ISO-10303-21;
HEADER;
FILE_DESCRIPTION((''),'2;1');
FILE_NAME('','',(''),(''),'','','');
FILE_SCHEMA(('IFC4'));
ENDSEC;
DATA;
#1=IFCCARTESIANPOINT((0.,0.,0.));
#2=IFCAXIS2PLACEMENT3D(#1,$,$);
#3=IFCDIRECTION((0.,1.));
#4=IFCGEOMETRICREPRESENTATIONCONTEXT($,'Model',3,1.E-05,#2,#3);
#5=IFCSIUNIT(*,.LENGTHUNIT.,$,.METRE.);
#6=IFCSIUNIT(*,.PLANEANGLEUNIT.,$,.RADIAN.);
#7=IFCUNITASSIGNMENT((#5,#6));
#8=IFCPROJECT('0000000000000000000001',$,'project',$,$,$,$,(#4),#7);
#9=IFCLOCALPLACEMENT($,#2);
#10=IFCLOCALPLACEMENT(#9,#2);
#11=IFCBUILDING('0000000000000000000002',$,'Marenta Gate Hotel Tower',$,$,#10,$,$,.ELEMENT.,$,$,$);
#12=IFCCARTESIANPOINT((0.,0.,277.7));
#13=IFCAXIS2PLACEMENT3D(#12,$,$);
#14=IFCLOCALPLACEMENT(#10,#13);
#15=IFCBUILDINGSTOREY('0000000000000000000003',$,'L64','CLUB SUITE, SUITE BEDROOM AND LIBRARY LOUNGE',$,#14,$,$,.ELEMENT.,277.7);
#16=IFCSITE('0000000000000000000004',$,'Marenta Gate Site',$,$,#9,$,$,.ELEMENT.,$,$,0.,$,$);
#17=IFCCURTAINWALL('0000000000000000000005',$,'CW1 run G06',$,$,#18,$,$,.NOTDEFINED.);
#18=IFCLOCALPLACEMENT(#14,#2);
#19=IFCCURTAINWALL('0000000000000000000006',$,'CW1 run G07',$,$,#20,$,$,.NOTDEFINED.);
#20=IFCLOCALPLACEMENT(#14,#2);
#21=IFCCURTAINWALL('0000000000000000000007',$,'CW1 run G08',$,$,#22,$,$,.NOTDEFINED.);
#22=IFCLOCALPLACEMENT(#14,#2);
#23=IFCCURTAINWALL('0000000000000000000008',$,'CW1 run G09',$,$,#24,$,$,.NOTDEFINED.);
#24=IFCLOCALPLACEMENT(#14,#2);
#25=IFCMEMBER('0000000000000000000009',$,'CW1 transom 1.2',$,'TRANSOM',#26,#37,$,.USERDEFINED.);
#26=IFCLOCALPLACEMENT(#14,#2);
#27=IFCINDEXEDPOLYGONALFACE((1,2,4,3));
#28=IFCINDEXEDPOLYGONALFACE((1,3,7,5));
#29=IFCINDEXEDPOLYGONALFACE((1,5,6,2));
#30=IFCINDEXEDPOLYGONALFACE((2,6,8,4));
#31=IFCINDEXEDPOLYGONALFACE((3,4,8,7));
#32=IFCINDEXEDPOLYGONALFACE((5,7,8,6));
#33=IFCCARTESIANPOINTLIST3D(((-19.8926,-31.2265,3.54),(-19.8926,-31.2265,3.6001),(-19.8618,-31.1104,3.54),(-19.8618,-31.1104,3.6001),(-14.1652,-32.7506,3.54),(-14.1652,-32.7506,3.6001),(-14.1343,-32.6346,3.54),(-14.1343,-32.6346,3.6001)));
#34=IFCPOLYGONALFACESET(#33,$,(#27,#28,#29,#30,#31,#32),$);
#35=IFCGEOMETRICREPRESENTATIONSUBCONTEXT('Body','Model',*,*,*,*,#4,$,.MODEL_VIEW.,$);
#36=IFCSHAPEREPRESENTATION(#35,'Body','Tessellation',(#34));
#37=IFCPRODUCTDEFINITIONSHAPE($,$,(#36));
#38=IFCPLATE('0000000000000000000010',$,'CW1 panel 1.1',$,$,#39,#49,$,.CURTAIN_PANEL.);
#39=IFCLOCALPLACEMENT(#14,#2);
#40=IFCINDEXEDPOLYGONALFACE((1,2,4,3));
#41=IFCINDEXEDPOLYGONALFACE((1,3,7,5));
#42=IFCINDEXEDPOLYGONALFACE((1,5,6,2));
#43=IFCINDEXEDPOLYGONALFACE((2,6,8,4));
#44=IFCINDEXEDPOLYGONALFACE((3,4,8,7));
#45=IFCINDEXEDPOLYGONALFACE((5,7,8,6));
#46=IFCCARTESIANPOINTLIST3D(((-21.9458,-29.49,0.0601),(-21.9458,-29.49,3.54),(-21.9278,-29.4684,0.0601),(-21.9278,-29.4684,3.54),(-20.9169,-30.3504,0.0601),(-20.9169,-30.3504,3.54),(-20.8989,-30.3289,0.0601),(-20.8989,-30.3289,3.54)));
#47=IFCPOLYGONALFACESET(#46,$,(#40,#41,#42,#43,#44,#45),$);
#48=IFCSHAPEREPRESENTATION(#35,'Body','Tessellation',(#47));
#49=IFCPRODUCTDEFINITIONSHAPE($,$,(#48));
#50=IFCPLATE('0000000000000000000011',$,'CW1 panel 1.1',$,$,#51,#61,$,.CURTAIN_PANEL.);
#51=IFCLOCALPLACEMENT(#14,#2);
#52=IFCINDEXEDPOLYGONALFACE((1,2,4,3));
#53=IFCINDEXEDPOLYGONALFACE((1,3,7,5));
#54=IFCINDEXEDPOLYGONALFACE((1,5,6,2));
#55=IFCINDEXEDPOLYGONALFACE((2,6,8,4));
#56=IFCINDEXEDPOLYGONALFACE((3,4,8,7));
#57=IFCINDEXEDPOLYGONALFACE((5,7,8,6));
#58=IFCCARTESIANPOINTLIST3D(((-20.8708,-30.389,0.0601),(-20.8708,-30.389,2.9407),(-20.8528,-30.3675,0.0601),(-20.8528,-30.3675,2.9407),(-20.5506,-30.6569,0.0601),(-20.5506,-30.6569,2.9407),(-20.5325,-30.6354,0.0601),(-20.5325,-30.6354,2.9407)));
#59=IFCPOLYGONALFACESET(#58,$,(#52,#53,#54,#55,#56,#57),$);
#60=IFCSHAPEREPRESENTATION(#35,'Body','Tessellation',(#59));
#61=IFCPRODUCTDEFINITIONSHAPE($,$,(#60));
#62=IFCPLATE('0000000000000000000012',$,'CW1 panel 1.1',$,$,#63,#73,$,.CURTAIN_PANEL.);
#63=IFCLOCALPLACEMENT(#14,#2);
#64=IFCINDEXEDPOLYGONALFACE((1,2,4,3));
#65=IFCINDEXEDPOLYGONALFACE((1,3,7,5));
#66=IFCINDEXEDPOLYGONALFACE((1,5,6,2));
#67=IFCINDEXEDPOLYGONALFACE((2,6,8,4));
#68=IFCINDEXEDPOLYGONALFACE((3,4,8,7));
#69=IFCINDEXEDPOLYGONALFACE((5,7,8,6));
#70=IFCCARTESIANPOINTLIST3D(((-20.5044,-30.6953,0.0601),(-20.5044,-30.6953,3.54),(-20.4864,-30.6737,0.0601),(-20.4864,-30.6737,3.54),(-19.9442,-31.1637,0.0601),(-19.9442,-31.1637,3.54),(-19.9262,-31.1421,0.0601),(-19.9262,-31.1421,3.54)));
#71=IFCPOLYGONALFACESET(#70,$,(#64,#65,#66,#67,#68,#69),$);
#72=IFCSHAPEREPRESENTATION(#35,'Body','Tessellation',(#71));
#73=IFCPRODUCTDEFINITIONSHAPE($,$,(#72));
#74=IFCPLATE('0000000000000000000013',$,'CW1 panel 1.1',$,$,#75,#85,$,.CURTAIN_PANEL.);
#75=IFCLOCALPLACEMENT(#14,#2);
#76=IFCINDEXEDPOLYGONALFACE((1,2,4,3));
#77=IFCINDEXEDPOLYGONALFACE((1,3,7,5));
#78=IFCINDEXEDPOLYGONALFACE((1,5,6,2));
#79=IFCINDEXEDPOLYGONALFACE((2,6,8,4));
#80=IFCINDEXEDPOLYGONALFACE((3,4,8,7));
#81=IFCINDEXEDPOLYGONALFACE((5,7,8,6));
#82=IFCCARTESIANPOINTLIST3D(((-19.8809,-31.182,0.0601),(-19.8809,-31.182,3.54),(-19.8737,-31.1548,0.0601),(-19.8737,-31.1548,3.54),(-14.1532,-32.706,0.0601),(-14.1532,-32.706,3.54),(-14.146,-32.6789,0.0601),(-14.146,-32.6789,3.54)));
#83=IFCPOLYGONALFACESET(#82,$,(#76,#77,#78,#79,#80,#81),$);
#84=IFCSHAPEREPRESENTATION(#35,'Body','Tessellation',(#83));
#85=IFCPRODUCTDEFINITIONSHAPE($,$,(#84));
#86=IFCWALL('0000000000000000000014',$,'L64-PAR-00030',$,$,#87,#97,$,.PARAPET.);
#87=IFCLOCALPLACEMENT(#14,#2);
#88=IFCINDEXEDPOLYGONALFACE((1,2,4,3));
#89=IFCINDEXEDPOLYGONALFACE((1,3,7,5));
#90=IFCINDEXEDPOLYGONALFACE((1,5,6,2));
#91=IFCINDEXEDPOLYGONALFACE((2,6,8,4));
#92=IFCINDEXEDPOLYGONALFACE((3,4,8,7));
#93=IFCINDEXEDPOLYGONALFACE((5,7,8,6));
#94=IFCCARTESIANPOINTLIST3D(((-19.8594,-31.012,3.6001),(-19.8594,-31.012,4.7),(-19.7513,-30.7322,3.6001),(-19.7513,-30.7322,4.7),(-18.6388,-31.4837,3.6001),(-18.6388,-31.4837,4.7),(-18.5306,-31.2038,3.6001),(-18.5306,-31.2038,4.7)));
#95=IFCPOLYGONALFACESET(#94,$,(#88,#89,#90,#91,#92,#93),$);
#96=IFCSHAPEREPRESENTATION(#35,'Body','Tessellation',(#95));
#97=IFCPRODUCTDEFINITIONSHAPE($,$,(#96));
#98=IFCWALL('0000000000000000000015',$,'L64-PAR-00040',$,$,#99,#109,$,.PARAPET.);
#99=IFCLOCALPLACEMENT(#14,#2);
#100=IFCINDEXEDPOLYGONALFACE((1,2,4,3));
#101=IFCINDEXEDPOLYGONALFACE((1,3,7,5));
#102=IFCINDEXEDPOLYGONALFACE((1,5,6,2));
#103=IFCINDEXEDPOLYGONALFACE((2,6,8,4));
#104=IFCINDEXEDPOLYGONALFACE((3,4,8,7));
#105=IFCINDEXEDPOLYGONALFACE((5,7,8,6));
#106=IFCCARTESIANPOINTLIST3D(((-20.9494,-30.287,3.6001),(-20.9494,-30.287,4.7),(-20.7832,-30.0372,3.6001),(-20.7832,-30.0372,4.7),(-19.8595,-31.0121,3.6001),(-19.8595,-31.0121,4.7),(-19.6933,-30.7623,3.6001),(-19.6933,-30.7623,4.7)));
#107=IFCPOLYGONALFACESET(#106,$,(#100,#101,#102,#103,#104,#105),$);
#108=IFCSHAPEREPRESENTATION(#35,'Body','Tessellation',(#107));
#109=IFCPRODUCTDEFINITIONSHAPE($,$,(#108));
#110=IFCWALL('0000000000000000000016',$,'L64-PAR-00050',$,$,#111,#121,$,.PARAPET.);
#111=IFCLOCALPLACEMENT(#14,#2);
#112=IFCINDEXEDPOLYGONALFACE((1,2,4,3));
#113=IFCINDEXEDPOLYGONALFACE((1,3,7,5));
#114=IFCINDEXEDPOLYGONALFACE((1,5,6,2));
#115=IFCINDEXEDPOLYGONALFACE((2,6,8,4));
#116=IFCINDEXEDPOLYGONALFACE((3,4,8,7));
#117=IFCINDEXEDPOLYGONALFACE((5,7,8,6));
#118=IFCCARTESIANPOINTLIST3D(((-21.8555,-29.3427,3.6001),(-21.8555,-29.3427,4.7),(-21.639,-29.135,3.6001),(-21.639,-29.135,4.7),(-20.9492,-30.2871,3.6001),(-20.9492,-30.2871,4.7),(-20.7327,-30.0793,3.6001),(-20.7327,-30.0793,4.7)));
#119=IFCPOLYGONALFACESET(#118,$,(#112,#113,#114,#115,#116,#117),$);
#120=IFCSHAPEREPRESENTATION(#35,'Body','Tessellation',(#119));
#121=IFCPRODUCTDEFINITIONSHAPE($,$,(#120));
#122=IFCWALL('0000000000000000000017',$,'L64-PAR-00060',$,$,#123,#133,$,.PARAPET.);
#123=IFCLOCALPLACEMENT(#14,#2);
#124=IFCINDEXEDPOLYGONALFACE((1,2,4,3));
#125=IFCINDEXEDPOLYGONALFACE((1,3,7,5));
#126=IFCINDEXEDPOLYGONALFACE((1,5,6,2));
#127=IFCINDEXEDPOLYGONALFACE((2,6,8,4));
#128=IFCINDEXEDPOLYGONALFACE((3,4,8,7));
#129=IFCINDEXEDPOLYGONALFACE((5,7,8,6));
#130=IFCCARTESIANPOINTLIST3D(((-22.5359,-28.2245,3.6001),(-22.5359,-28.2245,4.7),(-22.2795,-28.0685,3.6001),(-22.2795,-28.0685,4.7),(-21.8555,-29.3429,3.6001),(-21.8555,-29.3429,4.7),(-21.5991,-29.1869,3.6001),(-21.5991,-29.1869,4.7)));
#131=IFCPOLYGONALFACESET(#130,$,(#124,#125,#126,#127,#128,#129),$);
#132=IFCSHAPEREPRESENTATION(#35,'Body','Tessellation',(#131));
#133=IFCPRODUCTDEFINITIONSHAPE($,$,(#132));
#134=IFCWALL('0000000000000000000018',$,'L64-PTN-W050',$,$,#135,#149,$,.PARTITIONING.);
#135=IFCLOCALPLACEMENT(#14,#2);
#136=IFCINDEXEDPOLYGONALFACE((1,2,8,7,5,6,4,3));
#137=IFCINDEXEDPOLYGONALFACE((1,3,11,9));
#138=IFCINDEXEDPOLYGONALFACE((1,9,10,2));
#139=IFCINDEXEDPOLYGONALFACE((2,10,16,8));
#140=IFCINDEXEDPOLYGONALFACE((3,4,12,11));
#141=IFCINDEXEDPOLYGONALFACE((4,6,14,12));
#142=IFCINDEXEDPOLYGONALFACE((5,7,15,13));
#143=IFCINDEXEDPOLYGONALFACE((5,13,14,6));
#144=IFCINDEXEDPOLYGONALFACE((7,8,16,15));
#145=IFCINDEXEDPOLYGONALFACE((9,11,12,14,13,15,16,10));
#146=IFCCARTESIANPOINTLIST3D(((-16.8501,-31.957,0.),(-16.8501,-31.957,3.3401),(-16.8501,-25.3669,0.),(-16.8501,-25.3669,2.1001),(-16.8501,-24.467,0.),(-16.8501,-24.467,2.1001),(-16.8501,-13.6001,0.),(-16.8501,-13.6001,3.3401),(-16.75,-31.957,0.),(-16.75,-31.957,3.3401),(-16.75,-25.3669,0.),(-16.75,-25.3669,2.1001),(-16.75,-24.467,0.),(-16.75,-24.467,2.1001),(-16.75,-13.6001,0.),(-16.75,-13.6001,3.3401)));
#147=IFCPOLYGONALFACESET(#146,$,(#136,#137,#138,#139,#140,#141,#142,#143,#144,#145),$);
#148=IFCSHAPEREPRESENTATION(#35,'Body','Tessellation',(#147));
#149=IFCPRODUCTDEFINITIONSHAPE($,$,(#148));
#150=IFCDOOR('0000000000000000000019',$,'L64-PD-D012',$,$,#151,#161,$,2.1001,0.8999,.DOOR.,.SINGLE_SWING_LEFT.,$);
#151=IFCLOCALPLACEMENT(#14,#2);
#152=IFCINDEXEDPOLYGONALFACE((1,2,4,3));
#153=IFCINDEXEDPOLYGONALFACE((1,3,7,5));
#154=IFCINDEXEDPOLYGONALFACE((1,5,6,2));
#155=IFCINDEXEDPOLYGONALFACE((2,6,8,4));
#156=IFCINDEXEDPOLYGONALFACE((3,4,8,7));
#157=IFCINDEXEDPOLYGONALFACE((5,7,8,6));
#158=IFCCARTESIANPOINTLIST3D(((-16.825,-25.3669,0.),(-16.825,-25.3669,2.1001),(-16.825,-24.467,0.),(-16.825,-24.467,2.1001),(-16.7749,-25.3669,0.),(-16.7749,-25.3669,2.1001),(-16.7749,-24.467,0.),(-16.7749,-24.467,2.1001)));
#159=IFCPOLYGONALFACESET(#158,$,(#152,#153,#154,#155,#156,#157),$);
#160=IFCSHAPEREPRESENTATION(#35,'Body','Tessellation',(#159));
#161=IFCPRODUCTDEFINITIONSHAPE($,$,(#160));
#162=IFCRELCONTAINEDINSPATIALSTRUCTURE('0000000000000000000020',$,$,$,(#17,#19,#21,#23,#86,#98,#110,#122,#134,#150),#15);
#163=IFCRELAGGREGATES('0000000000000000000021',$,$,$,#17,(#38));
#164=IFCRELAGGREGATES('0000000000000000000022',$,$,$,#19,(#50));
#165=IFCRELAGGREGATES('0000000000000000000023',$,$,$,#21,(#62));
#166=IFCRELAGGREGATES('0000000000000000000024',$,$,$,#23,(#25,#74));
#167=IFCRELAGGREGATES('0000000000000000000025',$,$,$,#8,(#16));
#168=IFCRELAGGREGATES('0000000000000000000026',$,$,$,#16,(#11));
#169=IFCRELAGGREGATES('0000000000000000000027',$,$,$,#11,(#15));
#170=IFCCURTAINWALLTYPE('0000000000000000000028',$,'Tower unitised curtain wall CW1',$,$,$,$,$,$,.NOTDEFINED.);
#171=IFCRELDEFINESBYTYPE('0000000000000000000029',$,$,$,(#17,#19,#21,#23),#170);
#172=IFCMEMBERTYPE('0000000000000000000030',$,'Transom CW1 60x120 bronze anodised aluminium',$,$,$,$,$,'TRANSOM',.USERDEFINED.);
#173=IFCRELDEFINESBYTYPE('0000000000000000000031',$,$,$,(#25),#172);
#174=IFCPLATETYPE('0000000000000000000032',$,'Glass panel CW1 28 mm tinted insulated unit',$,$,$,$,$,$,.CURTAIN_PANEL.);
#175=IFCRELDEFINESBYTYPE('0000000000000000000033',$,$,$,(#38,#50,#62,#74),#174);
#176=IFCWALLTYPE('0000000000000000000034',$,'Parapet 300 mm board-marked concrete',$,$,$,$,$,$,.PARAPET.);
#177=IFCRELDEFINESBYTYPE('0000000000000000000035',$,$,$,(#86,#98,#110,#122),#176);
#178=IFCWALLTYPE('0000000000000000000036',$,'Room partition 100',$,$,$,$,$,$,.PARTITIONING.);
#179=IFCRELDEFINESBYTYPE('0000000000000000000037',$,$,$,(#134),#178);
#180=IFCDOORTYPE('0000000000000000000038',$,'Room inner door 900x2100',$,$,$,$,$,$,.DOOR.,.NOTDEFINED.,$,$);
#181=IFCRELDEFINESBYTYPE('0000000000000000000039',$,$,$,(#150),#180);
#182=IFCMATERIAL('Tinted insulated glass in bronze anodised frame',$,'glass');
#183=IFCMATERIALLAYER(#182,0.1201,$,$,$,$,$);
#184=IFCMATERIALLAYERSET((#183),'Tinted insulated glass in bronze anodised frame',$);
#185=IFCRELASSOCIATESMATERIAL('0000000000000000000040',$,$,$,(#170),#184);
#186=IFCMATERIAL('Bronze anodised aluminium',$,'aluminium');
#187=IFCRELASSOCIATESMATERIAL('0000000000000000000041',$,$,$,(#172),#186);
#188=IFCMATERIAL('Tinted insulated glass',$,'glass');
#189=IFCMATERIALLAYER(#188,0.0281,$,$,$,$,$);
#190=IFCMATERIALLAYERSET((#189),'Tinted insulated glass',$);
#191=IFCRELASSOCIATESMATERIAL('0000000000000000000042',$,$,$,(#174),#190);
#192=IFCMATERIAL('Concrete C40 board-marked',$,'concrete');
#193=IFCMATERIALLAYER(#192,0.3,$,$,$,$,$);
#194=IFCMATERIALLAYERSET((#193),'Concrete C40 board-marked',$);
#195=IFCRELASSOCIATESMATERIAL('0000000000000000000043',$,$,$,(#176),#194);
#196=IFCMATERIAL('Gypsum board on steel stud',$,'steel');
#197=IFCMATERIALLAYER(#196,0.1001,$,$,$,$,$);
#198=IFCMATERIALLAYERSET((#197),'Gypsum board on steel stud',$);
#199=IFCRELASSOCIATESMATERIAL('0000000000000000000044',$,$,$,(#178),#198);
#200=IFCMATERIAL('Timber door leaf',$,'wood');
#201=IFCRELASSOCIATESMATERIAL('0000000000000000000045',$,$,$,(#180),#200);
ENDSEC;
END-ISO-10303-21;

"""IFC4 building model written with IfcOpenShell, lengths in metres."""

from ifc_helpers import new_model, si_unit, direction, frame, frame_2d, origin, origin_2d, place, context, subcontext, project, spatial, rectangle, extrude, material, layer, layer_set, material_profile, profile_set, type_object, element, fill, aggregate, save


model = new_model("IFC4")

# Units and contexts
model_context = context("Model", 3, precision=1e-05, world=origin(), true_north=direction((0.0, 1.0)))
body_context = subcontext(model_context, "Body", "Model", "MODEL_VIEW")
ifc_project = project(units=[si_unit("LENGTHUNIT", "METRE"), si_unit("PLANEANGLEUNIT", "RADIAN")], contexts=[model_context])

# Site, building, storey
site_placement = place(None, origin())
site = spatial("IfcSite", under=ifc_project, at=site_placement, Name="Marenta Gate Site", CompositionType="ELEMENT", RefElevation=0.0)
building_placement = place(site_placement, origin())
building = spatial("IfcBuilding", under=site, at=building_placement, Name="Marenta Gate Hotel Tower", CompositionType="ELEMENT")
storey_placement = place(building_placement, frame((0.0, 0.0, 277.7)))
storey = spatial("IfcBuildingStorey", under=building, at=storey_placement, Name="L64", Description="CLUB SUITE, SUITE BEDROOM AND LIBRARY LOUNGE", CompositionType="ELEMENT", Elevation=277.7)

# Curtain walls
ifc_material_1 = material(Name="Tinted insulated glass in bronze anodised frame", Category="glass")
ifc_layer_1 = layer(ifc_material_1, 0.1201)
ifc_layer_set_1 = layer_set([ifc_layer_1], Name="Tinted insulated glass in bronze anodised frame")
curtain_wall_type = type_object("IfcCurtainWallType", Name="Tower unitised curtain wall CW1", PredefinedType="NOTDEFINED", material=ifc_layer_set_1)
curtain_wall_1_placement = place(storey_placement, origin())
curtain_wall_1 = element("IfcCurtainWall", 1, at=curtain_wall_1_placement, inside=storey, type_object=curtain_wall_type, Name="CW1 run G06", PredefinedType="NOTDEFINED")
curtain_wall_2_placement = place(storey_placement, origin())
curtain_wall_2 = element("IfcCurtainWall", 2, at=curtain_wall_2_placement, inside=storey, type_object=curtain_wall_type, Name="CW1 run G07", PredefinedType="NOTDEFINED")
curtain_wall_3_placement = place(storey_placement, origin())
curtain_wall_3 = element("IfcCurtainWall", 3, at=curtain_wall_3_placement, inside=storey, type_object=curtain_wall_type, Name="CW1 run G08", PredefinedType="NOTDEFINED")

# Curtain wall
curtain_wall_4_placement = place(storey_placement, origin())
curtain_wall_4 = element("IfcCurtainWall", 4, at=curtain_wall_4_placement, inside=storey, type_object=curtain_wall_type, Name="CW1 run G09", PredefinedType="NOTDEFINED")

# Member
ifc_material_2 = material(Name="Bronze anodised aluminium", Category="aluminium")
ifc_material_profile_1 = material_profile(ifc_material_2, rectangle(XDim=0.1201, YDim=0.0601, at=origin_2d()), Name="Transom CW1 60x120 bronze anodised aluminium")
ifc_profile_set_1 = profile_set([ifc_material_profile_1], Name="Bronze anodised aluminium")
member_type_1 = type_object("IfcMemberType", Name="Transom CW1 60x120 bronze anodised aluminium", ElementType="TRANSOM", PredefinedType="USERDEFINED", material=ifc_profile_set_1)
member_1_placement = place(storey_placement, frame((-19.8772, -31.1685, 3.5701), z_axis=(0.966368, -0.257163, 0.0), x_axis=(0.257163, 0.966368, 0.0)))
member_1 = element("IfcMember", 5, at=member_1_placement, type_object=member_type_1, Name="CW1 transom 1.2", ObjectType="TRANSOM", PredefinedType="USERDEFINED", context=body_context, shape_type="SweptSolid", body=[
    extrude(rectangle(XDim=0.1201, YDim=0.0601, at=origin_2d()), origin(), (0.0, 0.0, 1.0), 5.9268),
])

# Plates
ifc_material_3 = material(Name="Tinted insulated glass", Category="glass")
ifc_layer_2 = layer(ifc_material_3, 0.0281)
ifc_layer_set_2 = layer_set([ifc_layer_2], Name="Tinted insulated glass")
plate_type = type_object("IfcPlateType", Name="Glass panel CW1 28 mm tinted insulated unit", PredefinedType="CURTAIN_PANEL", material=ifc_layer_set_2)
plate_1_placement = place(storey_placement, frame((-21.4224, -29.9094, 0.0601), z_axis=(0.0, 0.0, 1.0), x_axis=(0.767109, -0.641517, 0.0)))
plate_1 = element("IfcPlate", 6, at=plate_1_placement, type_object=plate_type, Name="CW1 panel 1.1", PredefinedType="CURTAIN_PANEL", context=body_context, shape_type="SweptSolid", body=[
    extrude(rectangle(XDim=1.3413, YDim=0.0281, at=origin_2d()), origin(), (0.0, 0.0, 1.0), 3.48),
])
aggregate(curtain_wall_1, [plate_1])
plate_2_placement = place(storey_placement, frame((-20.7017, -30.5122, 0.0601), z_axis=(0.0, 0.0, 1.0), x_axis=(0.767036, -0.641604, 0.0)))
plate_2 = element("IfcPlate", 7, at=plate_2_placement, type_object=plate_type, Name="CW1 panel 1.1", PredefinedType="CURTAIN_PANEL", context=body_context, shape_type="SweptSolid", body=[
    extrude(rectangle(XDim=0.4175, YDim=0.0281, at=origin_2d()), origin(), (0.0, 0.0, 1.0), 2.8806),
])
aggregate(curtain_wall_2, [plate_2])
plate_3_placement = place(storey_placement, frame((-20.2153, -30.9187, 0.0601), z_axis=(0.0, 0.0, 1.0), x_axis=(0.767131, -0.64149, 0.0)))
plate_3 = element("IfcPlate", 8, at=plate_3_placement, type_object=plate_type, Name="CW1 panel 1.1", PredefinedType="CURTAIN_PANEL", context=body_context, shape_type="SweptSolid", body=[
    extrude(rectangle(XDim=0.7302, YDim=0.0281, at=origin_2d()), origin(), (0.0, 0.0, 1.0), 3.48),
])
aggregate(curtain_wall_3, [plate_3])
plate_4_placement = place(storey_placement, frame((-17.0134, -31.9304, 0.0601), z_axis=(0.0, 0.0, 1.0), x_axis=(0.966376, -0.257134, 0.0)))
plate_4 = element("IfcPlate", 9, at=plate_4_placement, type_object=plate_type, Name="CW1 panel 1.1", PredefinedType="CURTAIN_PANEL", context=body_context, shape_type="SweptSolid", body=[
    extrude(rectangle(XDim=5.927, YDim=0.0281, at=origin_2d()), origin(), (0.0, 0.0, 1.0), 3.48),
])
aggregate(curtain_wall_4, [member_1, plate_4])

# Walls
ifc_material_4 = material(Name="Concrete C40 board-marked", Category="concrete")
ifc_layer_3 = layer(ifc_material_4, 0.3)
ifc_layer_set_3 = layer_set([ifc_layer_3], Name="Concrete C40 board-marked")
wall_type_1 = type_object("IfcWallType", Name="Parapet 300 mm board-marked concrete", PredefinedType="PARAPET", material=ifc_layer_set_3)
wall_1_placement = place(storey_placement, frame((-18.5847, -31.3438, 3.6001), z_axis=(0.0, 0.0, 1.0), x_axis=(-0.932787, 0.360429, 0.0)))
element("IfcWall", 10, at=wall_1_placement, inside=storey, type_object=wall_type_1, Name="L64-PAR-00030", PredefinedType="PARAPET", context=body_context, shape_type="SweptSolid", body=[
    extrude(rectangle(XDim=1.3086, YDim=0.3, at=frame_2d((0.6543, 0.0))), origin(), (0.0, 0.0, 1.0), 1.0999),
])
wall_2_placement = place(storey_placement, frame((-19.7764, -30.8872, 3.6001), z_axis=(0.0, 0.0, 1.0), x_axis=(-0.832566, 0.553925, 0.0)))
element("IfcWall", 11, at=wall_2_placement, inside=storey, type_object=wall_type_1, Name="L64-PAR-00040", PredefinedType="PARAPET", context=body_context, shape_type="SweptSolid", body=[
    extrude(rectangle(XDim=1.3091, YDim=0.3, at=frame_2d((0.6545, 0.0))), origin(), (0.0, 0.0, 1.0), 1.0999),
])
wall_3_placement = place(storey_placement, frame((-20.8411, -30.1831, 3.6001), z_axis=(0.0, 0.0, 1.0), x_axis=(-0.692408, 0.721507, 0.0)))
element("IfcWall", 12, at=wall_3_placement, inside=storey, type_object=wall_type_1, Name="L64-PAR-00050", PredefinedType="PARAPET", context=body_context, shape_type="SweptSolid", body=[
    extrude(rectangle(XDim=1.3088, YDim=0.3, at=frame_2d((0.6543, 0.0))), origin(), (0.0, 0.0, 1.0), 1.0999),
])
wall_4_placement = place(storey_placement, frame((-21.7273, -29.2649, 3.6001), z_axis=(0.0, 0.0, 1.0), x_axis=(-0.519752, 0.854317, 0.0)))
element("IfcWall", 13, at=wall_4_placement, inside=storey, type_object=wall_type_1, Name="L64-PAR-00060", PredefinedType="PARAPET", context=body_context, shape_type="SweptSolid", body=[
    extrude(rectangle(XDim=1.3091, YDim=0.3, at=frame_2d((0.6545, 0.0))), origin(), (0.0, 0.0, 1.0), 1.0999),
])

# Wall, opening, door
ifc_material_5 = material(Name="Gypsum board on steel stud", Category="steel")
ifc_layer_4 = layer(ifc_material_5, 0.1001)
ifc_layer_set_4 = layer_set([ifc_layer_4], Name="Gypsum board on steel stud")
wall_type_2 = type_object("IfcWallType", Name="Room partition 100", PredefinedType="PARTITIONING", material=ifc_layer_set_4)
wall_5_placement = place(storey_placement, frame((-16.8, -31.957, 0.0), z_axis=(0.0, 0.0, 1.0), x_axis=(0.0, 1.0, 0.0)))
wall_5 = element("IfcWall", 14, at=wall_5_placement, inside=storey, type_object=wall_type_2, Name="L64-PTN-W050", PredefinedType="PARTITIONING", context=body_context, shape_type="SweptSolid", body=[
    extrude(rectangle(XDim=18.3569, YDim=0.1001, at=frame_2d((9.1785, 0.0))), origin(), (0.0, 0.0, 1.0), 3.3401),
])
opening_placement = place(wall_5_placement, frame((6.5901, 0.0, 0.0)))
opening = element("IfcOpeningElement", 15, at=opening_placement, cuts=wall_5, PredefinedType="OPENING", context=body_context, shape_type="SweptSolid", body=[
    extrude(rectangle(XDim=0.8999, YDim=2.1001, at=frame_2d((0.45, 1.05))), frame((0.0, 0.05, 0.0), z_axis=(0.0, -1.0, 0.0), x_axis=(1.0, 0.0, 0.0)), (0.0, 0.0, 1.0), 0.1001),
])
ifc_material_6 = material(Name="Timber door leaf", Category="wood")
door_type = type_object("IfcDoorType", Name="Room inner door 900x2100", OperationType="NOTDEFINED", PredefinedType="DOOR", material=ifc_material_6)
door_placement = place(opening_placement, origin())
door = element("IfcDoor", 16, at=door_placement, inside=storey, type_object=door_type, Name="L64-PD-D012", OperationType="SINGLE_SWING_LEFT", OverallHeight=2.1001, OverallWidth=0.8999, PredefinedType="DOOR", context=body_context, shape_type="SweptSolid", body=[
    extrude(rectangle(XDim=0.8999, YDim=2.1001, at=frame_2d((0.45, 1.05))), frame((0.0, 0.0249, 0.0), z_axis=(0.0, -1.0, 0.0), x_axis=(1.0, 0.0, 0.0)), (0.0, 0.0, 1.0), 0.05),
])
fill(opening, door)

save(model, "model.ifc")
